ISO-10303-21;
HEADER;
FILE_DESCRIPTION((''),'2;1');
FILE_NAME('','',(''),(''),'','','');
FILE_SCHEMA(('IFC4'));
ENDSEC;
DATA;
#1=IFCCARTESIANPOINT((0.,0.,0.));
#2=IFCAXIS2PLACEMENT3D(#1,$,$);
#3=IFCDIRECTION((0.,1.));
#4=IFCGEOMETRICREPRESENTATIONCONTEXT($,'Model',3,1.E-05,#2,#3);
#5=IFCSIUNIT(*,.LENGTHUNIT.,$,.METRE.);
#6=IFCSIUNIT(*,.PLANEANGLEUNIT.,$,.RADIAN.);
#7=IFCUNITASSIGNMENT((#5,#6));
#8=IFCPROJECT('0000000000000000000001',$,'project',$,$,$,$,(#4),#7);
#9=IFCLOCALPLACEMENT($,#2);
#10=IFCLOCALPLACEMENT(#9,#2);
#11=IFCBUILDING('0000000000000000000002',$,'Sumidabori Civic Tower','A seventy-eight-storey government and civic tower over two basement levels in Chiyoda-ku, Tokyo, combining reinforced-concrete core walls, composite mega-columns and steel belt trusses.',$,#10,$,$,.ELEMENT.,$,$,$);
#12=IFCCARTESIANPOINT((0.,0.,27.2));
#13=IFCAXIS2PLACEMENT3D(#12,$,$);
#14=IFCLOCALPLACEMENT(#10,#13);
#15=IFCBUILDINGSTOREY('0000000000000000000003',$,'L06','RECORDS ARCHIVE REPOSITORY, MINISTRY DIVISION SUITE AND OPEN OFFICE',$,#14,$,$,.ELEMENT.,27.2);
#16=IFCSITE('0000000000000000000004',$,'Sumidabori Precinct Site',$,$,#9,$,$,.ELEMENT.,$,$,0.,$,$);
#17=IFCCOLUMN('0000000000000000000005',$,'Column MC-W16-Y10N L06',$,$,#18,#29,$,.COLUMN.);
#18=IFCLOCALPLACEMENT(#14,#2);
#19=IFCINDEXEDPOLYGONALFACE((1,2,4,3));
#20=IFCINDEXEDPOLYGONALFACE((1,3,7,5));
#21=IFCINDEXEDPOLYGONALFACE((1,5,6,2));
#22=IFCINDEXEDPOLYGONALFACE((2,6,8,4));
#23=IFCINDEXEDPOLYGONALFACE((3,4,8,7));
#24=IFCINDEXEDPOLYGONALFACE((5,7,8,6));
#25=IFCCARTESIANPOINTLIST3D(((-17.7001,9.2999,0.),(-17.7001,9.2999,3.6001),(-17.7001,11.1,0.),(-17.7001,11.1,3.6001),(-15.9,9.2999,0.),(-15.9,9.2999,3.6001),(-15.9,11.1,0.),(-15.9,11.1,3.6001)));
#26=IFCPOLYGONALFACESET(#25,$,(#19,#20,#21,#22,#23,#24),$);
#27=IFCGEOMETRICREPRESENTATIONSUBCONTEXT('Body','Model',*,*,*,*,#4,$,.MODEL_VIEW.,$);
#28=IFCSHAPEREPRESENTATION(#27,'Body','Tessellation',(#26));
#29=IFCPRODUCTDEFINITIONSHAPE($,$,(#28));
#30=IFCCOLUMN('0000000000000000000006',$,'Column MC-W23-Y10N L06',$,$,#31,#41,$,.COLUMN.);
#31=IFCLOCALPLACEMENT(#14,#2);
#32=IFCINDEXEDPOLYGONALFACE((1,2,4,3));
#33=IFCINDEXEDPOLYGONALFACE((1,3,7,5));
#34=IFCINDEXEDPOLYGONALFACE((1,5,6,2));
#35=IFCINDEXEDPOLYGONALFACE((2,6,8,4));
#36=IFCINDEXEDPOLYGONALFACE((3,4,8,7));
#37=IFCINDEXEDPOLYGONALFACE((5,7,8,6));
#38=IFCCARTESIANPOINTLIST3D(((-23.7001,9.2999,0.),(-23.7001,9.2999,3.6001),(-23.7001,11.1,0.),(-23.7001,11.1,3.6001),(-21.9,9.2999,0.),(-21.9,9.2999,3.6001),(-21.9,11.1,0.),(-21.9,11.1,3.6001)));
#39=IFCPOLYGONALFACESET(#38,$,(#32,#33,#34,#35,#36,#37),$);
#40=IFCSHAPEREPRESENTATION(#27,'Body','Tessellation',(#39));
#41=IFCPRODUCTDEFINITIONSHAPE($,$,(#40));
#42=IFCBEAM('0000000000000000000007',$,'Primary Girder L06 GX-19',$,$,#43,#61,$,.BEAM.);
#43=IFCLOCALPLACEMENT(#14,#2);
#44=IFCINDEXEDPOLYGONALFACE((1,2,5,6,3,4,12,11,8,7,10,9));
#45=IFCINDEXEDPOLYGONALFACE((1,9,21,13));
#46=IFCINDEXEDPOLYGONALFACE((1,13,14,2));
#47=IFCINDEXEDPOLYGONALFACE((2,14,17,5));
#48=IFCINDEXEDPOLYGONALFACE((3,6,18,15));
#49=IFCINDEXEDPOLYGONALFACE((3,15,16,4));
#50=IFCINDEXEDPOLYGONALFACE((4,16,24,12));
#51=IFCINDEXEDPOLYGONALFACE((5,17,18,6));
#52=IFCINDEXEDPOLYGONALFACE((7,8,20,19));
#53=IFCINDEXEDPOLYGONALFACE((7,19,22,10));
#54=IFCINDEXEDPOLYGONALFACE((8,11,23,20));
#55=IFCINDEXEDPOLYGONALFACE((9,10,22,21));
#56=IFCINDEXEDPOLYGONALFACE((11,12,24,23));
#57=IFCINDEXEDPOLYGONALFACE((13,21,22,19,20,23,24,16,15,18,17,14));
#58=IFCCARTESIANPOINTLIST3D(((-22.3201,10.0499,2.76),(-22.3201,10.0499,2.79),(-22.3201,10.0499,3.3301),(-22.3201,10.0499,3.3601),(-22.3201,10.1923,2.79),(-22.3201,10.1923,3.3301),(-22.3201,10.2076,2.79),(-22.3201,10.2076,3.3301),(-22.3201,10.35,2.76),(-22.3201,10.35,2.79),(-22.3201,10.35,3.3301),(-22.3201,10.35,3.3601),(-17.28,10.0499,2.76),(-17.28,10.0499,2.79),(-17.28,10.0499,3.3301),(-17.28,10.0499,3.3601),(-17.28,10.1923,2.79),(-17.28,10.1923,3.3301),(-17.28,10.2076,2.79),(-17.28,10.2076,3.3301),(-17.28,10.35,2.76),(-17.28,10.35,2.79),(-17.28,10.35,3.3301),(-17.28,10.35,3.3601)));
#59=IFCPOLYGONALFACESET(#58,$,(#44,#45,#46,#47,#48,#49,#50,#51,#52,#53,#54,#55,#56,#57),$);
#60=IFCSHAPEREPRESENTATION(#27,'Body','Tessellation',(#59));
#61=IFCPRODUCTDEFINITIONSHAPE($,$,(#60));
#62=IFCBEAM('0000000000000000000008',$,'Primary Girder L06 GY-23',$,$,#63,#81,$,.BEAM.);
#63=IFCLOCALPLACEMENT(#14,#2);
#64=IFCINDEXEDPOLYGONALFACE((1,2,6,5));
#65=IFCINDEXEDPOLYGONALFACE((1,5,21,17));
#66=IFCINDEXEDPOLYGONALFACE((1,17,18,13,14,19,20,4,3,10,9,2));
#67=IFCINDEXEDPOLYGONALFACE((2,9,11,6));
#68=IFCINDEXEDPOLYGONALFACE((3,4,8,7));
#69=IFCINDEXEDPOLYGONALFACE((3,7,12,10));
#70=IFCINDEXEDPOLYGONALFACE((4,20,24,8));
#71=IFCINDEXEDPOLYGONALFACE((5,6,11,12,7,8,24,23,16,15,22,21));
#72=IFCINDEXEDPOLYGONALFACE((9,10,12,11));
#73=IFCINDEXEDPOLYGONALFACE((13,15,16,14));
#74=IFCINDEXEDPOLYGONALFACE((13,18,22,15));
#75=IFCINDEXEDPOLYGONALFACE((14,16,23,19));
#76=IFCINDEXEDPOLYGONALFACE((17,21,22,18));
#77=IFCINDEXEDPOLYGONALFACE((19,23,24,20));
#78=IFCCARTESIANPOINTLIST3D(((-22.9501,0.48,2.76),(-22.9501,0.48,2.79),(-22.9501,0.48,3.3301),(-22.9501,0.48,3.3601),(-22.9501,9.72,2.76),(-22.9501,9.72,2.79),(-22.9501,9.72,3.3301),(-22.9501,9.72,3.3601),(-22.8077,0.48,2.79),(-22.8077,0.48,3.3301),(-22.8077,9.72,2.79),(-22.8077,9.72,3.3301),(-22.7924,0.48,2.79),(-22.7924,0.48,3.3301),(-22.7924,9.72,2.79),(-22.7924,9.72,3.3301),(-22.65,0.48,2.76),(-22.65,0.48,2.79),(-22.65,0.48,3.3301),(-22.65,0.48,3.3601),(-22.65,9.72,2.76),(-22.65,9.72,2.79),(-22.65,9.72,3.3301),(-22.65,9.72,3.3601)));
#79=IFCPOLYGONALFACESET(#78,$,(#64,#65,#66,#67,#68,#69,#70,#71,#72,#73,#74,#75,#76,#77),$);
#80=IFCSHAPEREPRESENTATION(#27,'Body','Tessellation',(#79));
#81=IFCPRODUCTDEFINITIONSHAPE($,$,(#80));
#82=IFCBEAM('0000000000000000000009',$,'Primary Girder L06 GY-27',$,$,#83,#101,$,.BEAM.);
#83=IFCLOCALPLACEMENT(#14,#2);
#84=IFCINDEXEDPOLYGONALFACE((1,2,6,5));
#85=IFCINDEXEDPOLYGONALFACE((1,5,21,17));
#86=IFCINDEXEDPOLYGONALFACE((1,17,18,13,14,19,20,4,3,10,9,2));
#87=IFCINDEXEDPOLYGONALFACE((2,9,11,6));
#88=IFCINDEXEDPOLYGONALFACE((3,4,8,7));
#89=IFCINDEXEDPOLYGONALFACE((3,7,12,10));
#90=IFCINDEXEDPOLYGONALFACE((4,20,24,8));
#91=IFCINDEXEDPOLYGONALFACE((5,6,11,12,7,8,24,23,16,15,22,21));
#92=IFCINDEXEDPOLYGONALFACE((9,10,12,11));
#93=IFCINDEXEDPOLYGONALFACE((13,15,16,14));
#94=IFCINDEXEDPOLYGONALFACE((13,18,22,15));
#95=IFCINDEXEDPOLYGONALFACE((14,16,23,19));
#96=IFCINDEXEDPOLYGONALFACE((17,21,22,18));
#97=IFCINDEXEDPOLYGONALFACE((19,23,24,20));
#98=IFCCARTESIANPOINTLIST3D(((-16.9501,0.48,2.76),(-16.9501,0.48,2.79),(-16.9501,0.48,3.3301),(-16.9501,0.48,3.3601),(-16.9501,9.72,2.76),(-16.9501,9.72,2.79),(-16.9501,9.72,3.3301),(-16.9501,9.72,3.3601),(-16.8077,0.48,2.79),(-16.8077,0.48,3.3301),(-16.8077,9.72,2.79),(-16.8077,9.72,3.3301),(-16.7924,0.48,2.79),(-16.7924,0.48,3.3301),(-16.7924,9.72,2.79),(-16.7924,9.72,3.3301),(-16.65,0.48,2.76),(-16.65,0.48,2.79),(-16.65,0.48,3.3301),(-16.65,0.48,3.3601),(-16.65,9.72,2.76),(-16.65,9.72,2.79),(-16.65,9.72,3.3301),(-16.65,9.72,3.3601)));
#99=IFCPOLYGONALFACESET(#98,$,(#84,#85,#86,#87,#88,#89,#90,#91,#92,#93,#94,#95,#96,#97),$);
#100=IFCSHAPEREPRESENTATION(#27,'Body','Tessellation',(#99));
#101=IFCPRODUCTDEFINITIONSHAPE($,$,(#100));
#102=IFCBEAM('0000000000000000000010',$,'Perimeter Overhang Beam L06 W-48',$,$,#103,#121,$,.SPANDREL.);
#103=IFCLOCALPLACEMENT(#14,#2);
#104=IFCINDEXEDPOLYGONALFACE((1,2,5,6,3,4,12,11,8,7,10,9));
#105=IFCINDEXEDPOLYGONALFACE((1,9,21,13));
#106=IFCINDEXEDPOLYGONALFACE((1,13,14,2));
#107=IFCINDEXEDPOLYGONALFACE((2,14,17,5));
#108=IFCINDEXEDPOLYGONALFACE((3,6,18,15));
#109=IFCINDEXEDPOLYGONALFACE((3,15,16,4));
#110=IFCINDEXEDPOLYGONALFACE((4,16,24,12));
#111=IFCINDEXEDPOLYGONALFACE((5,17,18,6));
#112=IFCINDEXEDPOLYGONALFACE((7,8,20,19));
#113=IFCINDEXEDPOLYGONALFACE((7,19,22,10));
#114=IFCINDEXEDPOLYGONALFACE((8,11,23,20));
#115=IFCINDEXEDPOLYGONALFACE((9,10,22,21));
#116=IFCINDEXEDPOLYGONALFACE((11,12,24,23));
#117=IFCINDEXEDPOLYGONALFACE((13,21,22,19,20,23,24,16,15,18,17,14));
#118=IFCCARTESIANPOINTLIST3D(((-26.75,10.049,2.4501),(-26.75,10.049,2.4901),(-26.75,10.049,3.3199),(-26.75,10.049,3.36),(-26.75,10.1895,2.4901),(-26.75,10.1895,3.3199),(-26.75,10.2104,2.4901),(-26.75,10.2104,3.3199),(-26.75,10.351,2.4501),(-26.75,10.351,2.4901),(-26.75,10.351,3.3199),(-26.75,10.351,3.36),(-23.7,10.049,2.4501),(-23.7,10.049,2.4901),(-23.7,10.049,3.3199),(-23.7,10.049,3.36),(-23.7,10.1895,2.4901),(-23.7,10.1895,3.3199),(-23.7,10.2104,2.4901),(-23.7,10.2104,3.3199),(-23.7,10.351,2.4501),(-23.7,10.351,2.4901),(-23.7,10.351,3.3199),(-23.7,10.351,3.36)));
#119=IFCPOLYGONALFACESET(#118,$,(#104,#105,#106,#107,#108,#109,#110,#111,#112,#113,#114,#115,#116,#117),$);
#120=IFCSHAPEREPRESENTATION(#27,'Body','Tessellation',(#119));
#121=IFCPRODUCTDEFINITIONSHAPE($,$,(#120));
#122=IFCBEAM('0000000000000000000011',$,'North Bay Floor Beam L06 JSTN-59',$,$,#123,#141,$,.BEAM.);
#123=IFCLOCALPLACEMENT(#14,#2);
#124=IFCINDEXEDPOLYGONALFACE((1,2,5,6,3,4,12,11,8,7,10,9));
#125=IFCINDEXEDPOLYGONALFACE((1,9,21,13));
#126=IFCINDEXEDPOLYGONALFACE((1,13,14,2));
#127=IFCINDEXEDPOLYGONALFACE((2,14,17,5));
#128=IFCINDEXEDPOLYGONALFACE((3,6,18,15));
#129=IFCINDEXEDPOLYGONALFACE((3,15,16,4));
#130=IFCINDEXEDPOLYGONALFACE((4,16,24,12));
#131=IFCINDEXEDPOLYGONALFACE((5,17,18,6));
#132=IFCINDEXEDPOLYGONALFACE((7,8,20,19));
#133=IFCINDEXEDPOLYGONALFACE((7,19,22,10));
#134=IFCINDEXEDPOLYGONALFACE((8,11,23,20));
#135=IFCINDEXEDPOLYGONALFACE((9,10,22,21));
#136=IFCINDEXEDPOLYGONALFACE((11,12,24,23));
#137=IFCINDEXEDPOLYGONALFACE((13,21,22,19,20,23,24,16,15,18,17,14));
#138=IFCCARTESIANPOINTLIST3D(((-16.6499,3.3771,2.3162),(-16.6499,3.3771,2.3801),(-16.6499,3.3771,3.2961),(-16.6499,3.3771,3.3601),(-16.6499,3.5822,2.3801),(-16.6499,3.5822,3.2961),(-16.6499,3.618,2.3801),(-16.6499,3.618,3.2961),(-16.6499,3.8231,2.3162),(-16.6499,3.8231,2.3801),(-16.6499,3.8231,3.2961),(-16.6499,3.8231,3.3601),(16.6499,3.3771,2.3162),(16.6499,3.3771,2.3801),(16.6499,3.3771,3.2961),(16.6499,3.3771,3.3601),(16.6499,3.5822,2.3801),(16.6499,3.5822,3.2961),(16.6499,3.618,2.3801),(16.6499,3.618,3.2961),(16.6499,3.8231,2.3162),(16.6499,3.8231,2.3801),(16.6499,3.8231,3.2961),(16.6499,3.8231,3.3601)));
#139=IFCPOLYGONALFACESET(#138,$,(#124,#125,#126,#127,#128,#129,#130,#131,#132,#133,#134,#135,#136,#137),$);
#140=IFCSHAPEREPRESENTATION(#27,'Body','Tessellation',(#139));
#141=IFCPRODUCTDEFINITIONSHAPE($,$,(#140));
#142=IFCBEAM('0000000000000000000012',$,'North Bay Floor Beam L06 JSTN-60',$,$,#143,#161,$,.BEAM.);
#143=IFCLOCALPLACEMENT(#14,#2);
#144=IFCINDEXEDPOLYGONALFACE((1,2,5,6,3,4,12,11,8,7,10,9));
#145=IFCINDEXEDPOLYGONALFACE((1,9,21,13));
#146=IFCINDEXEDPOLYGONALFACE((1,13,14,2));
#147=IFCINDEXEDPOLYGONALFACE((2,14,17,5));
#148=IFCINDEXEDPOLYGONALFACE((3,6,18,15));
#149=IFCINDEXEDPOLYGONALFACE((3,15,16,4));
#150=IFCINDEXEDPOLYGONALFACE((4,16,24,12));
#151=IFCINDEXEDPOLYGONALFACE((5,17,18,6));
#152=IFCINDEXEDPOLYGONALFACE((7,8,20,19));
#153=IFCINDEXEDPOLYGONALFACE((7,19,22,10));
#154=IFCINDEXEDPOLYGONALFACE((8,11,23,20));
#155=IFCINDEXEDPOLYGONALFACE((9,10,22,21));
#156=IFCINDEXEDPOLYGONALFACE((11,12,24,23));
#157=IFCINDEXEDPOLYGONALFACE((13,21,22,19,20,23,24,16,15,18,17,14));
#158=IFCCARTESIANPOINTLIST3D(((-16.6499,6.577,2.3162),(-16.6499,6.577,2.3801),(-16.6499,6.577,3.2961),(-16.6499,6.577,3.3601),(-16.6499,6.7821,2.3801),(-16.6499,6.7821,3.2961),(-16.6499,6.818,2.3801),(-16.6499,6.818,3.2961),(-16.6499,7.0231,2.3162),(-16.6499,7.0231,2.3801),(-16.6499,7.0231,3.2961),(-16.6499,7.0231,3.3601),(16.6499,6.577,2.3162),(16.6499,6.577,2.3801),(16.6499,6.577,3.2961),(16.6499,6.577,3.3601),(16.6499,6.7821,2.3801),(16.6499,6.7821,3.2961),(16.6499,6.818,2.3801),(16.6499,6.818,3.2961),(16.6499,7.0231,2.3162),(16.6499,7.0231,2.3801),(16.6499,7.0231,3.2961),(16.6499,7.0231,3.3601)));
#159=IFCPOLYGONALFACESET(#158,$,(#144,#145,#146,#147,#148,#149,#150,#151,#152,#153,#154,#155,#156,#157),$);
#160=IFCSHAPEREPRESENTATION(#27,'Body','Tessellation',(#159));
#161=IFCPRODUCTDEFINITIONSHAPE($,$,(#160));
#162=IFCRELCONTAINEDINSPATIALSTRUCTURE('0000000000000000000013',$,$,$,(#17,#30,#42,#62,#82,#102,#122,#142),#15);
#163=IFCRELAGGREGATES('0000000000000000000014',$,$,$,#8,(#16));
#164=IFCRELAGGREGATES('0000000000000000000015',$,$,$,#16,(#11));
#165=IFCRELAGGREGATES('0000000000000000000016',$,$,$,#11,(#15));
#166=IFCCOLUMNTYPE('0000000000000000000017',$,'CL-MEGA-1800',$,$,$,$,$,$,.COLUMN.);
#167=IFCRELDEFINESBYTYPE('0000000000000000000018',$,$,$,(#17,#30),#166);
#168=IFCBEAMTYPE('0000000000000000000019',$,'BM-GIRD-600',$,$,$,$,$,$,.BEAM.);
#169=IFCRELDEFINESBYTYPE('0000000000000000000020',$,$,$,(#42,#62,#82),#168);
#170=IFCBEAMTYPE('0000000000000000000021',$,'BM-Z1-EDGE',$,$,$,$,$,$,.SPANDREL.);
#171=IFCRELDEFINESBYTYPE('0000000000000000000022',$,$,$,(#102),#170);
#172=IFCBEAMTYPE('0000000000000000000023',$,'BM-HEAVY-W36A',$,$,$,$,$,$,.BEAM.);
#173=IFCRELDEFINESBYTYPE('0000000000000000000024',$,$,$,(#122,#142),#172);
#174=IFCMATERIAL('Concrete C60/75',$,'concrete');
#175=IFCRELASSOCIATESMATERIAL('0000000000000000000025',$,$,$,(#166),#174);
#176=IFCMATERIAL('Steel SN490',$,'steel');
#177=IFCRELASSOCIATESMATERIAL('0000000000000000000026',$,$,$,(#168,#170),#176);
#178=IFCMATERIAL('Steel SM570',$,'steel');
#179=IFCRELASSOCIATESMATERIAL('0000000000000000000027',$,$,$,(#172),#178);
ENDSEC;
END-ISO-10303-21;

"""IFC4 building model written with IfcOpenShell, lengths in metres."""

from ifc_helpers import new_model, si_unit, direction, frame, origin, origin_2d, place, context, subcontext, project, spatial, rectangle, i_section, extrude, source, transform, mapped, material, material_profile, profile_set, type_object, element, save


model = new_model("IFC4")

# Units and contexts
model_context = context("Model", 3, precision=1e-05, world=origin(), true_north=direction((0.0, 1.0)))
body_context = subcontext(model_context, "Body", "Model", "MODEL_VIEW")
ifc_project = project(units=[si_unit("LENGTHUNIT", "METRE"), si_unit("PLANEANGLEUNIT", "RADIAN")], contexts=[model_context])

# Site, building, storey
site_placement = place(None, origin())
site = spatial("IfcSite", under=ifc_project, at=site_placement, Name="Sumidabori Precinct Site", CompositionType="ELEMENT", RefElevation=0.0)
building_placement = place(site_placement, origin())
building = spatial("IfcBuilding", under=site, at=building_placement, Name="Sumidabori Civic Tower", Description="A seventy-eight-storey government and civic tower over two basement levels in Chiyoda-ku, Tokyo, combining reinforced-concrete core walls, composite mega-columns and steel belt trusses.", CompositionType="ELEMENT")
storey_placement = place(building_placement, frame((0.0, 0.0, 27.2)))
storey = spatial("IfcBuildingStorey", under=building, at=storey_placement, Name="L06", Description="RECORDS ARCHIVE REPOSITORY, MINISTRY DIVISION SUITE AND OPEN OFFICE", CompositionType="ELEMENT", Elevation=27.2)

# Columns
ifc_material_1 = material(Name="Concrete C60/75", Category="concrete")
ifc_material_profile_1 = material_profile(ifc_material_1, rectangle(XDim=1.8, YDim=1.8, at=origin_2d()), Name="RC 1800x1800")
ifc_profile_set_1 = profile_set([ifc_material_profile_1], Name="Concrete C60/75")
column_type = type_object("IfcColumnType", Name="CL-MEGA-1800", PredefinedType="COLUMN", material=ifc_profile_set_1)
shared_shape_1 = source(origin(), body_context, "Body", "SweptSolid", [
    extrude(rectangle(XDim=1.8, YDim=1.8, at=origin_2d()), origin(), (0.0, 0.0, 1.0), 3.6001),
])
for number, where, z_axis, x_axis, name in (
    (1, (-16.8, 10.2, 0.0), (0.0, 0.0, 1.0), (1.0, 0.0, 0.0), "Column MC-W16-Y10N L06"),
    (2, (-22.8, 10.2, 0.0), (0.0, 0.0, 1.0), (1.0, 0.0, 0.0), "Column MC-W23-Y10N L06"),
):
    element("IfcColumn", number, at=place(storey_placement, frame(where, z_axis=z_axis, x_axis=x_axis)), inside=storey, type_object=column_type, Name=name, PredefinedType="COLUMN", context=body_context, shape_type="MappedRepresentation", body=[
        mapped(shared_shape_1, transform((0.0, 0.0, 0.0), x_axis=(1.0, 0.0, 0.0), y_axis=(0.0, 1.0, 0.0), z_axis=(0.0, 0.0, 1.0), scale=1.0)),
    ])

# Beams
ifc_material_2 = material(Name="Steel SN490", Category="steel")
ifc_material_profile_2 = material_profile(ifc_material_2, i_section(OverallWidth=0.3, OverallDepth=0.6001, WebThickness=0.0154, FlangeThickness=0.03, at=origin_2d()), Name="HE 600 B")
ifc_profile_set_2 = profile_set([ifc_material_profile_2], Name="Steel SN490")
beam_type_1 = type_object("IfcBeamType", Name="BM-GIRD-600", PredefinedType="BEAM", material=ifc_profile_set_2)
shared_shape_2 = source(origin(), body_context, "Body", "SweptSolid", [
    extrude(i_section(OverallWidth=0.3, OverallDepth=0.6001, WebThickness=0.0154, FlangeThickness=0.03, at=origin_2d()), origin(), (0.0, 0.0, 1.0), 5.04),
])
beam_1_placement = place(storey_placement, frame((-22.3201, 10.2, 3.0601), z_axis=(1.0, 0.0, 0.0), x_axis=(0.0, 1.0, 0.0)))
element("IfcBeam", 3, at=beam_1_placement, inside=storey, type_object=beam_type_1, Name="Primary Girder L06 GX-19", PredefinedType="BEAM", context=body_context, shape_type="MappedRepresentation", body=[
    mapped(shared_shape_2, transform((0.0, 0.0, 0.0), x_axis=(1.0, 0.0, 0.0), y_axis=(0.0, 1.0, 0.0), z_axis=(0.0, 0.0, 1.0), scale=1.0)),
])
shared_shape_3 = source(origin(), body_context, "Body", "SweptSolid", [
    extrude(i_section(OverallWidth=0.3, OverallDepth=0.6001, WebThickness=0.0154, FlangeThickness=0.03, at=origin_2d()), origin(), (0.0, 0.0, 1.0), 9.24),
])
for number, where, z_axis, x_axis, name in (
    (4, (-22.8, 0.48, 3.0601), (0.0, 1.0, 0.0), (-1.0, 0.0, 0.0), "Primary Girder L06 GY-23"),
    (5, (-16.8, 0.48, 3.0601), (0.0, 1.0, 0.0), (-1.0, 0.0, 0.0), "Primary Girder L06 GY-27"),
):
    element("IfcBeam", number, at=place(storey_placement, frame(where, z_axis=z_axis, x_axis=x_axis)), inside=storey, type_object=beam_type_1, Name=name, PredefinedType="BEAM", context=body_context, shape_type="MappedRepresentation", body=[
        mapped(shared_shape_3, transform((0.0, 0.0, 0.0), x_axis=(1.0, 0.0, 0.0), y_axis=(0.0, 1.0, 0.0), z_axis=(0.0, 0.0, 1.0), scale=1.0)),
    ])
ifc_material_profile_3 = material_profile(ifc_material_2, i_section(OverallWidth=0.302, OverallDepth=0.9099, WebThickness=0.021, FlangeThickness=0.04, at=origin_2d()), Name="HE 900 M")
ifc_profile_set_3 = profile_set([ifc_material_profile_3], Name="Steel SN490")
beam_type_2 = type_object("IfcBeamType", Name="BM-Z1-EDGE", PredefinedType="SPANDREL", material=ifc_profile_set_3)
shared_shape_4 = source(origin(), body_context, "Body", "SweptSolid", [
    extrude(i_section(OverallWidth=0.302, OverallDepth=0.9099, WebThickness=0.021, FlangeThickness=0.04, at=origin_2d()), origin(), (0.0, 0.0, 1.0), 3.05),
])
beam_2_placement = place(storey_placement, frame((-26.75, 10.2, 2.905), z_axis=(1.0, 0.0, 0.0), x_axis=(0.0, 1.0, 0.0)))
element("IfcBeam", 6, at=beam_2_placement, inside=storey, type_object=beam_type_2, Name="Perimeter Overhang Beam L06 W-48", PredefinedType="SPANDREL", context=body_context, shape_type="MappedRepresentation", body=[
    mapped(shared_shape_4, transform((0.0, 0.0, 0.0), x_axis=(1.0, 0.0, 0.0), y_axis=(0.0, 1.0, 0.0), z_axis=(0.0, 0.0, 1.0), scale=1.0)),
])
ifc_material_3 = material(Name="Steel SM570", Category="steel")
ifc_material_profile_4 = material_profile(ifc_material_3, i_section(OverallWidth=0.446, OverallDepth=1.0439, WebThickness=0.0359, FlangeThickness=0.064, at=origin_2d()), Name="W36X652")
ifc_profile_set_4 = profile_set([ifc_material_profile_4], Name="Steel SM570")
beam_type_3 = type_object("IfcBeamType", Name="BM-HEAVY-W36A", PredefinedType="BEAM", material=ifc_profile_set_4)
shared_shape_5 = source(origin(), body_context, "Body", "SweptSolid", [
    extrude(i_section(OverallWidth=0.446, OverallDepth=1.0439, WebThickness=0.0359, FlangeThickness=0.064, at=origin_2d()), origin(), (0.0, 0.0, 1.0), 33.2998),
])
for number, where, z_axis, x_axis, name in (
    (7, (-16.6499, 3.6001, 2.8381), (1.0, 0.0, 0.0), (0.0, 1.0, 0.0), "North Bay Floor Beam L06 JSTN-59"),
    (8, (-16.6499, 6.8, 2.8381), (1.0, 0.0, 0.0), (0.0, 1.0, 0.0), "North Bay Floor Beam L06 JSTN-60"),
):
    element("IfcBeam", number, at=place(storey_placement, frame(where, z_axis=z_axis, x_axis=x_axis)), inside=storey, type_object=beam_type_3, Name=name, PredefinedType="BEAM", context=body_context, shape_type="MappedRepresentation", body=[
        mapped(shared_shape_5, transform((0.0, 0.0, 0.0), x_axis=(1.0, 0.0, 0.0), y_axis=(0.0, 1.0, 0.0), z_axis=(0.0, 0.0, 1.0), scale=1.0)),
    ])

save(model, "model.ifc")
